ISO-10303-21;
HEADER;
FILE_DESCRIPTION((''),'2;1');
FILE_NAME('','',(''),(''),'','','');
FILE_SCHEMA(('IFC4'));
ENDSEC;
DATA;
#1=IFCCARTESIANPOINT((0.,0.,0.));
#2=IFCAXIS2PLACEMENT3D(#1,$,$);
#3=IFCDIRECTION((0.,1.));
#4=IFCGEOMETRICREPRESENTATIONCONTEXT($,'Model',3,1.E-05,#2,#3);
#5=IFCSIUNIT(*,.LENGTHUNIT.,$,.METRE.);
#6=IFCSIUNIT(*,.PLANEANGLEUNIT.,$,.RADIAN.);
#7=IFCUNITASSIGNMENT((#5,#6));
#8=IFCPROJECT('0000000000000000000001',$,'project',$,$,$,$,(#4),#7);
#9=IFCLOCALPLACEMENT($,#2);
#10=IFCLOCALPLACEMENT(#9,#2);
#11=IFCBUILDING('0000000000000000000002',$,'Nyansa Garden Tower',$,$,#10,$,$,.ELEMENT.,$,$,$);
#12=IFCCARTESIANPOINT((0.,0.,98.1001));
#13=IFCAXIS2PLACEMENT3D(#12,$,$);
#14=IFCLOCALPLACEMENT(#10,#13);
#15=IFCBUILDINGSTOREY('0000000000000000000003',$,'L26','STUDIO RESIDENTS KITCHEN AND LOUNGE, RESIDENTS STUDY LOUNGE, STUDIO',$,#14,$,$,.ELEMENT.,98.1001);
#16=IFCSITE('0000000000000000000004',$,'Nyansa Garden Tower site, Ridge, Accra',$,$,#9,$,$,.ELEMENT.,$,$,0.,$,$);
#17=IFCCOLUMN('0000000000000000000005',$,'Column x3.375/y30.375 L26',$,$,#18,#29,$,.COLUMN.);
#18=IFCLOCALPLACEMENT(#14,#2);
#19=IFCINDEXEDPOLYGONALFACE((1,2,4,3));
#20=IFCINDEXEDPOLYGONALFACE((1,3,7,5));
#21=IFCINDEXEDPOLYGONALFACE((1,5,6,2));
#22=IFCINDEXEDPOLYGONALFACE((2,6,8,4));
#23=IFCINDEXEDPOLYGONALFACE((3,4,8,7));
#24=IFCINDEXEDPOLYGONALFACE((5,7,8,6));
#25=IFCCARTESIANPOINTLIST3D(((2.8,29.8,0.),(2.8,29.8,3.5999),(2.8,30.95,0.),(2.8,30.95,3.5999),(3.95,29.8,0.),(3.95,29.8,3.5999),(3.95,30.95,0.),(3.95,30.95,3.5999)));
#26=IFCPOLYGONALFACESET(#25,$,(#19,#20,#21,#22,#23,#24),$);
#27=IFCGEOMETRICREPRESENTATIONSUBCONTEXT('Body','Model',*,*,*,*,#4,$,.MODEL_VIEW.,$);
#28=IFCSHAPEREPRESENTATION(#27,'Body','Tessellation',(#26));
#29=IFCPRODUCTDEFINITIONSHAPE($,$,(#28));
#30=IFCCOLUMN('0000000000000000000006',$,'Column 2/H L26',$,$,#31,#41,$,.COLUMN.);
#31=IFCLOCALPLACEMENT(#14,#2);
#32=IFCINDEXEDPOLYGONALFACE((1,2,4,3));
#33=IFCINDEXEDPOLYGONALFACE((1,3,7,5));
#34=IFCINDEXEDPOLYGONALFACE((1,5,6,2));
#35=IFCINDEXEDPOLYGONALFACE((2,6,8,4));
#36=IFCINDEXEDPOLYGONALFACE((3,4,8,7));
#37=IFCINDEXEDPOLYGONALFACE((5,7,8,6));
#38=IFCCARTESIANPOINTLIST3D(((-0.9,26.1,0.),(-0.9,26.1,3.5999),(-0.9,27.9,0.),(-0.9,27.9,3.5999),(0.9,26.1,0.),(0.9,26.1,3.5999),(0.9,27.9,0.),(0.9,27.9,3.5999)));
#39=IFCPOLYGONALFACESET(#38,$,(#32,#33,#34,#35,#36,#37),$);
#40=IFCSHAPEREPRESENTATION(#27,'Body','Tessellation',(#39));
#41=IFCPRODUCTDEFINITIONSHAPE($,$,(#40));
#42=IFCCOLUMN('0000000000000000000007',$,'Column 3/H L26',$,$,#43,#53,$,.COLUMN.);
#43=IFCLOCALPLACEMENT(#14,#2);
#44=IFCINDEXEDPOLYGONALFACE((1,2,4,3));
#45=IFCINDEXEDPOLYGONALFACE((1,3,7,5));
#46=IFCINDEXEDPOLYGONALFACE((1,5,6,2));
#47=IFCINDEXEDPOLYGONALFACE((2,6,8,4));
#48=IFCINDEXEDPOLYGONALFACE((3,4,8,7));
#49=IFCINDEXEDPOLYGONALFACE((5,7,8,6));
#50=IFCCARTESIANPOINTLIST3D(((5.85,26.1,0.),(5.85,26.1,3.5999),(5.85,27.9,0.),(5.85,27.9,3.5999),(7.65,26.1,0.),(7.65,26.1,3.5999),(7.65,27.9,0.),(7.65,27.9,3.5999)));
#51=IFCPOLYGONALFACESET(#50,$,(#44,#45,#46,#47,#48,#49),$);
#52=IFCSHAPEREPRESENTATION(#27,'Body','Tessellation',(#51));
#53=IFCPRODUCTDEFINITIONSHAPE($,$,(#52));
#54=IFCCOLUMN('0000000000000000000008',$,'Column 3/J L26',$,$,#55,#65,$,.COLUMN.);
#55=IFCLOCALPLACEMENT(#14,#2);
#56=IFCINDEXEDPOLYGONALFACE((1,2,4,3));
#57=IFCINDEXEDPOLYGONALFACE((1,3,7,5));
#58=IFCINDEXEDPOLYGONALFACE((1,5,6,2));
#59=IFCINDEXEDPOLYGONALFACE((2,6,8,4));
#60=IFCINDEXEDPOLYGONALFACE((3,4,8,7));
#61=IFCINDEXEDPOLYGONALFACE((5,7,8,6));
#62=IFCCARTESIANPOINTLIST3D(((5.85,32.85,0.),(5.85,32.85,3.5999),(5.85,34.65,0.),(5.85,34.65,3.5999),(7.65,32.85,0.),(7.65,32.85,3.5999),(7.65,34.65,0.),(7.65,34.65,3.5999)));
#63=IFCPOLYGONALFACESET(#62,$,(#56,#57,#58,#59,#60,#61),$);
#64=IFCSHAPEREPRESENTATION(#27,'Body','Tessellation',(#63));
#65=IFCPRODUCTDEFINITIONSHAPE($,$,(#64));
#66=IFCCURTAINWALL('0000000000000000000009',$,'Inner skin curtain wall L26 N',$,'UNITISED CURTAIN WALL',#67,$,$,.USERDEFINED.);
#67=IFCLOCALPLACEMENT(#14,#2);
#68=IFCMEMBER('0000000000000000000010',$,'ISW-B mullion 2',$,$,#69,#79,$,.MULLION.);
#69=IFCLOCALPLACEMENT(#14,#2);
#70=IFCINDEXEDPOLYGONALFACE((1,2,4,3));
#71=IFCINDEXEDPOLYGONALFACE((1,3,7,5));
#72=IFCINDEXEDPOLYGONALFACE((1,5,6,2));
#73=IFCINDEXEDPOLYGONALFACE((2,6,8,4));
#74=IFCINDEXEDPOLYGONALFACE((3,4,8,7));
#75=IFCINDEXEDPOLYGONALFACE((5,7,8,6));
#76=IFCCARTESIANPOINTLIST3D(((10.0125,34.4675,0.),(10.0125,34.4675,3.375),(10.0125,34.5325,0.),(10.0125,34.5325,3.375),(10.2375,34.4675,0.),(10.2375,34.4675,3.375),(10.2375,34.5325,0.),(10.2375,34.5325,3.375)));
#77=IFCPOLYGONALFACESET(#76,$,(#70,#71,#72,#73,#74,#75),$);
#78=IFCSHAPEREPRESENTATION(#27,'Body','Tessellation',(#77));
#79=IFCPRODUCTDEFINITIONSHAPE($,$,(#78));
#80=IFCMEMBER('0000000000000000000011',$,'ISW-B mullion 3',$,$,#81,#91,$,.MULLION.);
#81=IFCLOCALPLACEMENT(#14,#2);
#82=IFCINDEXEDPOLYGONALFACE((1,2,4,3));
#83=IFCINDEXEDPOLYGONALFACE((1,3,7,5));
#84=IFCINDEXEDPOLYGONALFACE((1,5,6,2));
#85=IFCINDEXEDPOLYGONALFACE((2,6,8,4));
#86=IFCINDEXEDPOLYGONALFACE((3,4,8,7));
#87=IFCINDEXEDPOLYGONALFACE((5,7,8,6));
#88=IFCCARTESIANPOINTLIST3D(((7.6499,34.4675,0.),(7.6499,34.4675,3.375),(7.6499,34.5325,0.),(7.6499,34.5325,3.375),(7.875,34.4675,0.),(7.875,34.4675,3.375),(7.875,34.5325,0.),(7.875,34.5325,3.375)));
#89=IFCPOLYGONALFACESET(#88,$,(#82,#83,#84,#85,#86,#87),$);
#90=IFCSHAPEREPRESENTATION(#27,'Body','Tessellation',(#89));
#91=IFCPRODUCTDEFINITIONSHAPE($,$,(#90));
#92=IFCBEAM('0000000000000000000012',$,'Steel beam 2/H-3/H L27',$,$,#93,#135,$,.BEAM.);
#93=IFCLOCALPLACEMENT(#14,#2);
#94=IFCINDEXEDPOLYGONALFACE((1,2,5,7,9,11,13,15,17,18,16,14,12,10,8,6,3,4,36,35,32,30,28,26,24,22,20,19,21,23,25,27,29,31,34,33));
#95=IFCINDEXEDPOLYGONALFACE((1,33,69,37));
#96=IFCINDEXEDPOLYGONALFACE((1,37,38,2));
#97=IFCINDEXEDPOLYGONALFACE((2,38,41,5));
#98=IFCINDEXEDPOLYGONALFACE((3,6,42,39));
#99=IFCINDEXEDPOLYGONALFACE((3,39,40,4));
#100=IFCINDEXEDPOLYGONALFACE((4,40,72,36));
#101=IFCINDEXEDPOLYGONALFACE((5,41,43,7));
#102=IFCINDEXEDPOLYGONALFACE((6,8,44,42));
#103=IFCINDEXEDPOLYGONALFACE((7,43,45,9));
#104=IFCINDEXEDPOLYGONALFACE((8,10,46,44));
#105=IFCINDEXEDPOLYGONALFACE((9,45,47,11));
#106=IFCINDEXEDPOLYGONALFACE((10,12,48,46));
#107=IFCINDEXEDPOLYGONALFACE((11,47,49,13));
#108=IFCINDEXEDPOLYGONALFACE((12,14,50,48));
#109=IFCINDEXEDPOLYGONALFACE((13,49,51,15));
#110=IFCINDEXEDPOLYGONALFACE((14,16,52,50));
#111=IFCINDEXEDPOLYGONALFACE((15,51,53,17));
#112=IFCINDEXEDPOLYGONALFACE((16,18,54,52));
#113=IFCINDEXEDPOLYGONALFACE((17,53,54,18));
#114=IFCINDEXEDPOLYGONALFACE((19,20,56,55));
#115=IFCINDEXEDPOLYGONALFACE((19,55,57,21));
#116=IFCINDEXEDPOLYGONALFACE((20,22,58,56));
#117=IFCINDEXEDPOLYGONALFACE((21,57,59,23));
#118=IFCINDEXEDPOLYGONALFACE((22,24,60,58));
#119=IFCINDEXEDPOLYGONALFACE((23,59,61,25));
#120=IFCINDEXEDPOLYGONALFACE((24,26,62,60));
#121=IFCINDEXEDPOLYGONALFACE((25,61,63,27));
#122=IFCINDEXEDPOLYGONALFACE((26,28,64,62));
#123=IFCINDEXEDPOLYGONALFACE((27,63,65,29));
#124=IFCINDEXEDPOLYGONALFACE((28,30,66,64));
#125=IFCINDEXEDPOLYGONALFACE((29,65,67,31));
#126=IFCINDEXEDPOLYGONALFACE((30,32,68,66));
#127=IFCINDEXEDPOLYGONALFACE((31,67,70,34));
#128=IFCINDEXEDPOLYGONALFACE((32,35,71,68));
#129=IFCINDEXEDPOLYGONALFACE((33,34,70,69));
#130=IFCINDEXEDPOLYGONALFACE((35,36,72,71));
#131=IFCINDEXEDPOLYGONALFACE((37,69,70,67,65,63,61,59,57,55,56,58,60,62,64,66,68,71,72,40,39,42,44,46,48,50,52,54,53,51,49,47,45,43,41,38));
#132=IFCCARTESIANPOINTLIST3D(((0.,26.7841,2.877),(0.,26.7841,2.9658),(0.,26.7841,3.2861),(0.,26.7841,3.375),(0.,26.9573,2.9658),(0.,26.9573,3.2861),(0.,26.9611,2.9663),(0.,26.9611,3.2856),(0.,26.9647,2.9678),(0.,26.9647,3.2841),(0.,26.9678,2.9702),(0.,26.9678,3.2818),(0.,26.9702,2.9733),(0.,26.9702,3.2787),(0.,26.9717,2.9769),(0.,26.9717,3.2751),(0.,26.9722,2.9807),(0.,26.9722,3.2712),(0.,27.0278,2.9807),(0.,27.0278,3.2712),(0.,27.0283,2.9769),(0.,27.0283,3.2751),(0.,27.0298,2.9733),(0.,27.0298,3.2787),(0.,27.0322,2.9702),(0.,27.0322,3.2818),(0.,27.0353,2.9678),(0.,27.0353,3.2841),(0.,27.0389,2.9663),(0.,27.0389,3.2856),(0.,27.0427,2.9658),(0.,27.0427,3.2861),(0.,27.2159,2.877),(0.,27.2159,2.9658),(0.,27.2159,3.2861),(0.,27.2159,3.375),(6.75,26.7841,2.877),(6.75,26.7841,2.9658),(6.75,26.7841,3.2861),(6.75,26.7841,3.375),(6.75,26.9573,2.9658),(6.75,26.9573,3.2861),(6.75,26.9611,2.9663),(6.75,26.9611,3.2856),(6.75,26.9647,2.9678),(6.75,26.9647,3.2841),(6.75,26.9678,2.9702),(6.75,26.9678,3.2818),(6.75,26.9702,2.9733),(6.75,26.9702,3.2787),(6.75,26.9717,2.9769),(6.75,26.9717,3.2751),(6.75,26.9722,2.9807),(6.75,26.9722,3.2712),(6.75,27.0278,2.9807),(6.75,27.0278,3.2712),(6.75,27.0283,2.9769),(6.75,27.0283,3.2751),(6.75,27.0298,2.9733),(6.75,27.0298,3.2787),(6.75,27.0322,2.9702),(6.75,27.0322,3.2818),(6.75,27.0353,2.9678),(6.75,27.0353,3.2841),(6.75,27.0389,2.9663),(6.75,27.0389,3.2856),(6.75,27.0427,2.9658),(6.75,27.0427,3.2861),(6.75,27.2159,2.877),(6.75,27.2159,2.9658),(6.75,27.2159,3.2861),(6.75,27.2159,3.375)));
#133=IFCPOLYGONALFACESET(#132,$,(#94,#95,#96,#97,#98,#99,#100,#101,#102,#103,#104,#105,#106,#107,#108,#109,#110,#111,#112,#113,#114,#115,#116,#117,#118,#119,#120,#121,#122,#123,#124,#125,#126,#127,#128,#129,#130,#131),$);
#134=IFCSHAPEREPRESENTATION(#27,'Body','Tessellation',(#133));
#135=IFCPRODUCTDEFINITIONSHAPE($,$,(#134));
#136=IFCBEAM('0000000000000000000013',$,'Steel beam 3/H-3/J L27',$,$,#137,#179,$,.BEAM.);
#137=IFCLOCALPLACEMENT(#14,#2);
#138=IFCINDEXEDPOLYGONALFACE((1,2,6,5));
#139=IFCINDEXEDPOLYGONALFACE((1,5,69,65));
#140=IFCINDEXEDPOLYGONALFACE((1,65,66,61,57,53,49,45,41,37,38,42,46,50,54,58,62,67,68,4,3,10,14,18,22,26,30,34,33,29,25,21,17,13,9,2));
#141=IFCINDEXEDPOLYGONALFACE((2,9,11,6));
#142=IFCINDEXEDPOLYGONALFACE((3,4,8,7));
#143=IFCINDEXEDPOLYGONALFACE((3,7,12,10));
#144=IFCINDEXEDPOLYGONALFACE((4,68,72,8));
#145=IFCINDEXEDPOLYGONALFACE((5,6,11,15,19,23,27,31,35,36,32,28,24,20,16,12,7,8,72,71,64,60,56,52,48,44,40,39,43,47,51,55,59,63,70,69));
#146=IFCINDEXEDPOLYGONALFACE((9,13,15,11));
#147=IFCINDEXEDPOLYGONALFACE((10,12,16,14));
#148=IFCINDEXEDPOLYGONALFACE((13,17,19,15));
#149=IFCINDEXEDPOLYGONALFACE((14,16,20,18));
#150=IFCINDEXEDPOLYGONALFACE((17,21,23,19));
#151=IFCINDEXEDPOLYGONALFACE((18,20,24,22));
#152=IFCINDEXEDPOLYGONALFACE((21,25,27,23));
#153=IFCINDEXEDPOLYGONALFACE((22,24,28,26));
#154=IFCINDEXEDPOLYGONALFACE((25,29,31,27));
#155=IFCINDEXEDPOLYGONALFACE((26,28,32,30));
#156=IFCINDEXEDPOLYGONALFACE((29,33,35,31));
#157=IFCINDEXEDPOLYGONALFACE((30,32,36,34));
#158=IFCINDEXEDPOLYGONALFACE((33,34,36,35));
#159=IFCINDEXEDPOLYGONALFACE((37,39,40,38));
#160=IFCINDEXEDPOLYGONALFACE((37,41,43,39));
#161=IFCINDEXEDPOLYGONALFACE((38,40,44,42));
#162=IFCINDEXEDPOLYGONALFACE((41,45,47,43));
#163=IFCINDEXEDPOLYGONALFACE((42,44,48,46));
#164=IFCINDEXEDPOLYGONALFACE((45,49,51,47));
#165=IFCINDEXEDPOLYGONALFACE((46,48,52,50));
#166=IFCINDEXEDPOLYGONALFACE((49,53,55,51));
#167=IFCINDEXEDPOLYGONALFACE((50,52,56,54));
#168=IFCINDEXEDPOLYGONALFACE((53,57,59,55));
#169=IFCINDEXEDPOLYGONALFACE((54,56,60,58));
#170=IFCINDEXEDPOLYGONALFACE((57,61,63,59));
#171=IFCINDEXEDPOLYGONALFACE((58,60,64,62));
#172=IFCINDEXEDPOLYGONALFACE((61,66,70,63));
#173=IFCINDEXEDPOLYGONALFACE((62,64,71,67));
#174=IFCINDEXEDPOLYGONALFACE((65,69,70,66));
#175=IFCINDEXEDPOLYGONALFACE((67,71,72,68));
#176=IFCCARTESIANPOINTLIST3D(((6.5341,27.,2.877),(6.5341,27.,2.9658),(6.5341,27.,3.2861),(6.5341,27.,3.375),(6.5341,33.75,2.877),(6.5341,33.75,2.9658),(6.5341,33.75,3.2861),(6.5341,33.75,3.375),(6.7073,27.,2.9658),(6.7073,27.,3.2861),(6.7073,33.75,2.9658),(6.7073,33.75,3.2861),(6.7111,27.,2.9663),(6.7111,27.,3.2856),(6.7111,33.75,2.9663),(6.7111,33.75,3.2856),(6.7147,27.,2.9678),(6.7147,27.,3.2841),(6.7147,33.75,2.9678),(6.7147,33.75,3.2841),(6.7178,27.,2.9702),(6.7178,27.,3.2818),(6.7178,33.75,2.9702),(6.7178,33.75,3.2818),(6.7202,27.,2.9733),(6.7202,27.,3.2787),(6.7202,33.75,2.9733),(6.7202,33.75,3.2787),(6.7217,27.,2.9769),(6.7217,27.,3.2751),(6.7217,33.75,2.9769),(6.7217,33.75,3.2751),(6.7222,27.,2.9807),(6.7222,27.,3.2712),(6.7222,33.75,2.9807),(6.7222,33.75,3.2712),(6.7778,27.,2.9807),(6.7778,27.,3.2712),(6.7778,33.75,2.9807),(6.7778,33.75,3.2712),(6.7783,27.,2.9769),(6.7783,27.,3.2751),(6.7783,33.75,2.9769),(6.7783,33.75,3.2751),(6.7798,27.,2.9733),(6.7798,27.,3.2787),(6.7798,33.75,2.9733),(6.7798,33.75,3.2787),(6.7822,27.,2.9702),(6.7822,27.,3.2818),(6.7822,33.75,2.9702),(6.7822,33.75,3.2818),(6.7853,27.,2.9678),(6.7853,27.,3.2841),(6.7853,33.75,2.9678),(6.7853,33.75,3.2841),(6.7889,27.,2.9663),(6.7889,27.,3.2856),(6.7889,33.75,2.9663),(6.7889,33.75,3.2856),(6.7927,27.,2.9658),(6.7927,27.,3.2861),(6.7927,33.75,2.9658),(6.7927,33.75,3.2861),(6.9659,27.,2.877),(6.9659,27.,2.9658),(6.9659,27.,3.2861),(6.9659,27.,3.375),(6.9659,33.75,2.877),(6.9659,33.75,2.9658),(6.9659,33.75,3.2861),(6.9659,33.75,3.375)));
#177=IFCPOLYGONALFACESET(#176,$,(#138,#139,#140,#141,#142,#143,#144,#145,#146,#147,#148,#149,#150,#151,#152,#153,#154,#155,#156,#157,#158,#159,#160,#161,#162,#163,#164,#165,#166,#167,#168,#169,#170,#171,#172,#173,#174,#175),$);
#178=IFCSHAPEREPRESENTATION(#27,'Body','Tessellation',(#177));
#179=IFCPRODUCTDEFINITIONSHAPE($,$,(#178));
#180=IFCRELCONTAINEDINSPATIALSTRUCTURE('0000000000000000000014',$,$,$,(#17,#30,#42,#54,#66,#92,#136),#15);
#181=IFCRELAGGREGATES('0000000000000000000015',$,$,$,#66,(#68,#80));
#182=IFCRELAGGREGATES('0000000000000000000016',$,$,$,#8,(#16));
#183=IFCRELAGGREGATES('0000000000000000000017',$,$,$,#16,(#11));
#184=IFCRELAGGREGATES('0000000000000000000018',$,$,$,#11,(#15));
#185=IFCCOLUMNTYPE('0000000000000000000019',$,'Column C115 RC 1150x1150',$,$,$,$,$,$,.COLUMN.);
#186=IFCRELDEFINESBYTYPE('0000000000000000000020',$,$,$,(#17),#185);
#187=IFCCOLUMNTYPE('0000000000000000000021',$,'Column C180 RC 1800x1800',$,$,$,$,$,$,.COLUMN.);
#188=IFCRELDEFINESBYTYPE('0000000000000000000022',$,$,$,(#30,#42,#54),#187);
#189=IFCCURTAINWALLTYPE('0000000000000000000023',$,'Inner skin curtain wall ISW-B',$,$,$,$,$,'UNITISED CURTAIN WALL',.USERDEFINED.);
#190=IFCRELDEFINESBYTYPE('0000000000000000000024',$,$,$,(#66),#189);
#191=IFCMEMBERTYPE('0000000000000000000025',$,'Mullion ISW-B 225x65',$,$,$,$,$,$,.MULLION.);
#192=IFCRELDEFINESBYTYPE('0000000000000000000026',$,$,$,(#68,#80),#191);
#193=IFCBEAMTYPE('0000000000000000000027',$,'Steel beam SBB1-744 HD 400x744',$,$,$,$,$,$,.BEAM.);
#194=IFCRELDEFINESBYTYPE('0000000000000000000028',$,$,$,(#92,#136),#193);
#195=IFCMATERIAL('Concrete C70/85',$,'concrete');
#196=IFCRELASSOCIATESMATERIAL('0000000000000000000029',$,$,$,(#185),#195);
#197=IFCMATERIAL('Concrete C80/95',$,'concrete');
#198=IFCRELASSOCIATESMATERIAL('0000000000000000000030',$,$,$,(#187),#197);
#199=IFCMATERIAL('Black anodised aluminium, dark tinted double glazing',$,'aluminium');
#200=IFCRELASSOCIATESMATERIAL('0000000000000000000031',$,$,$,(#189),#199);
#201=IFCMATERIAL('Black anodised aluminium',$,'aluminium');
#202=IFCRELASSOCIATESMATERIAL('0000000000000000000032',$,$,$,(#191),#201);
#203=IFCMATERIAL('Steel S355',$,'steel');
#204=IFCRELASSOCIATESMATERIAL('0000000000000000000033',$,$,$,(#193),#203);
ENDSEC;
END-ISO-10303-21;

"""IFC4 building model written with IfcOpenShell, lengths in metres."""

from ifc_helpers import new_model, si_unit, direction, frame, origin, origin_2d, place, context, subcontext, project, spatial, rectangle, i_section, extrude, material, material_profile, profile_set, type_object, element, aggregate, save


model = new_model("IFC4")

# Units and contexts
model_context = context("Model", 3, precision=1e-05, world=origin(), true_north=direction((0.0, 1.0)))
body_context = subcontext(model_context, "Body", "Model", "MODEL_VIEW")
ifc_project = project(units=[si_unit("LENGTHUNIT", "METRE"), si_unit("PLANEANGLEUNIT", "RADIAN")], contexts=[model_context])

# Site, building, storey
site_placement = place(None, origin())
site = spatial("IfcSite", under=ifc_project, at=site_placement, Name="Nyansa Garden Tower site, Ridge, Accra", CompositionType="ELEMENT", RefElevation=0.0)
building_placement = place(site_placement, origin())
building = spatial("IfcBuilding", under=site, at=building_placement, Name="Nyansa Garden Tower", CompositionType="ELEMENT")
storey_placement = place(building_placement, frame((0.0, 0.0, 98.1001)))
storey = spatial("IfcBuildingStorey", under=building, at=storey_placement, Name="L26", Description="STUDIO RESIDENTS KITCHEN AND LOUNGE, RESIDENTS STUDY LOUNGE, STUDIO", CompositionType="ELEMENT", Elevation=98.1001)

# Columns
ifc_material_1 = material(Name="Concrete C70/85", Category="concrete")
ifc_material_profile_1 = material_profile(ifc_material_1, rectangle(XDim=1.1499, YDim=1.1499, at=origin_2d()), Name="RC 1150x1150")
ifc_profile_set_1 = profile_set([ifc_material_profile_1], Name="Concrete C70/85")
column_type_1 = type_object("IfcColumnType", Name="Column C115 RC 1150x1150", PredefinedType="COLUMN", material=ifc_profile_set_1)
column_placement = place(storey_placement, frame((3.375, 30.375, 0.0), z_axis=(0.0, 0.0, 1.0), x_axis=(1.0, 0.0, 0.0)))
element("IfcColumn", 1, at=column_placement, inside=storey, type_object=column_type_1, Name="Column x3.375/y30.375 L26", PredefinedType="COLUMN", context=body_context, shape_type="SweptSolid", body=[
    extrude(rectangle(XDim=1.1499, YDim=1.1499, at=origin_2d()), origin(), (0.0, 0.0, 1.0), 3.5999),
])
ifc_material_2 = material(Name="Concrete C80/95", Category="concrete")
ifc_material_profile_2 = material_profile(ifc_material_2, rectangle(XDim=1.8, YDim=1.8, at=origin_2d()), Name="RC 1800x1800")
ifc_profile_set_2 = profile_set([ifc_material_profile_2], Name="Concrete C80/95")
column_type_2 = type_object("IfcColumnType", Name="Column C180 RC 1800x1800", PredefinedType="COLUMN", material=ifc_profile_set_2)
for number, where, z_axis, x_axis, name in (
    (2, (0.0, 27.0, 0.0), (0.0, 0.0, 1.0), (1.0, 0.0, 0.0), "Column 2/H L26"),
    (3, (6.75, 27.0, 0.0), (0.0, 0.0, 1.0), (1.0, 0.0, 0.0), "Column 3/H L26"),
    (4, (6.75, 33.75, 0.0), (0.0, 0.0, 1.0), (1.0, 0.0, 0.0), "Column 3/J L26"),
):
    element("IfcColumn", number, at=place(storey_placement, frame(where, z_axis=z_axis, x_axis=x_axis)), inside=storey, type_object=column_type_2, Name=name, PredefinedType="COLUMN", context=body_context, shape_type="SweptSolid", body=[
        extrude(rectangle(XDim=1.8, YDim=1.8, at=origin_2d()), origin(), (0.0, 0.0, 1.0), 3.5999),
    ])

# Curtain wall, members
ifc_material_3 = material(Name="Black anodised aluminium, dark tinted double glazing", Category="aluminium")
curtain_wall_type = type_object("IfcCurtainWallType", Name="Inner skin curtain wall ISW-B", ElementType="UNITISED CURTAIN WALL", PredefinedType="USERDEFINED", material=ifc_material_3)
curtain_wall_placement = place(storey_placement, origin())
curtain_wall = element("IfcCurtainWall", 5, at=curtain_wall_placement, inside=storey, type_object=curtain_wall_type, Name="Inner skin curtain wall L26 N", ObjectType="UNITISED CURTAIN WALL", PredefinedType="USERDEFINED")
ifc_material_4 = material(Name="Black anodised aluminium", Category="aluminium")
ifc_material_profile_3 = material_profile(ifc_material_4, rectangle(XDim=0.0649, YDim=0.2251, at=origin_2d()), Name="Mullion 225x65")
ifc_profile_set_3 = profile_set([ifc_material_profile_3], Name="Black anodised aluminium")
member_type_1 = type_object("IfcMemberType", Name="Mullion ISW-B 225x65", PredefinedType="MULLION", material=ifc_profile_set_3)
member_1_placement = place(storey_placement, frame((10.125, 34.5, 0.0), z_axis=(0.0, 0.0, 1.0), x_axis=(0.0, -1.0, 0.0)))
member_1 = element("IfcMember", 6, at=member_1_placement, type_object=member_type_1, Name="ISW-B mullion 2", PredefinedType="MULLION", context=body_context, shape_type="SweptSolid", body=[
    extrude(rectangle(XDim=0.0649, YDim=0.2251, at=origin_2d()), origin(), (0.0, 0.0, 1.0), 3.375),
])
member_2_placement = place(storey_placement, frame((7.7625, 34.5, 0.0), z_axis=(0.0, 0.0, 1.0), x_axis=(0.0, -1.0, 0.0)))
member_2 = element("IfcMember", 7, at=member_2_placement, type_object=member_type_1, Name="ISW-B mullion 3", PredefinedType="MULLION", context=body_context, shape_type="SweptSolid", body=[
    extrude(rectangle(XDim=0.0649, YDim=0.2251, at=origin_2d()), origin(), (0.0, 0.0, 1.0), 3.375),
])

# Beams
ifc_material_5 = material(Name="Steel S355", Category="steel")
ifc_material_profile_4 = material_profile(ifc_material_5, i_section(OverallWidth=0.4319, OverallDepth=0.498, WebThickness=0.0557, FlangeThickness=0.0889, FilletRadius=0.0149, at=origin_2d()), Name="HD 400x744")
ifc_profile_set_4 = profile_set([ifc_material_profile_4], Name="Steel S355")
beam_type_1 = type_object("IfcBeamType", Name="Steel beam SBB1-744 HD 400x744", PredefinedType="BEAM", material=ifc_profile_set_4)
for number, where, z_axis, x_axis, name in (
    (8, (0.0, 27.0, 3.126), (1.0, 0.0, 0.0), (0.0, 1.0, 0.0), "Steel beam 2/H-3/H L27"),
    (9, (6.75, 27.0, 3.126), (0.0, 1.0, 0.0), (-1.0, 0.0, 0.0), "Steel beam 3/H-3/J L27"),
):
    element("IfcBeam", number, at=place(storey_placement, frame(where, z_axis=z_axis, x_axis=x_axis)), inside=storey, type_object=beam_type_1, Name=name, PredefinedType="BEAM", context=body_context, shape_type="SweptSolid", body=[
        extrude(i_section(OverallWidth=0.4319, OverallDepth=0.498, WebThickness=0.0557, FlangeThickness=0.0889, FilletRadius=0.0149, at=origin_2d()), origin(), (0.0, 0.0, 1.0), 6.75),
    ])

aggregate(curtain_wall, [member_1, member_2])

save(model, "model.ifc")
